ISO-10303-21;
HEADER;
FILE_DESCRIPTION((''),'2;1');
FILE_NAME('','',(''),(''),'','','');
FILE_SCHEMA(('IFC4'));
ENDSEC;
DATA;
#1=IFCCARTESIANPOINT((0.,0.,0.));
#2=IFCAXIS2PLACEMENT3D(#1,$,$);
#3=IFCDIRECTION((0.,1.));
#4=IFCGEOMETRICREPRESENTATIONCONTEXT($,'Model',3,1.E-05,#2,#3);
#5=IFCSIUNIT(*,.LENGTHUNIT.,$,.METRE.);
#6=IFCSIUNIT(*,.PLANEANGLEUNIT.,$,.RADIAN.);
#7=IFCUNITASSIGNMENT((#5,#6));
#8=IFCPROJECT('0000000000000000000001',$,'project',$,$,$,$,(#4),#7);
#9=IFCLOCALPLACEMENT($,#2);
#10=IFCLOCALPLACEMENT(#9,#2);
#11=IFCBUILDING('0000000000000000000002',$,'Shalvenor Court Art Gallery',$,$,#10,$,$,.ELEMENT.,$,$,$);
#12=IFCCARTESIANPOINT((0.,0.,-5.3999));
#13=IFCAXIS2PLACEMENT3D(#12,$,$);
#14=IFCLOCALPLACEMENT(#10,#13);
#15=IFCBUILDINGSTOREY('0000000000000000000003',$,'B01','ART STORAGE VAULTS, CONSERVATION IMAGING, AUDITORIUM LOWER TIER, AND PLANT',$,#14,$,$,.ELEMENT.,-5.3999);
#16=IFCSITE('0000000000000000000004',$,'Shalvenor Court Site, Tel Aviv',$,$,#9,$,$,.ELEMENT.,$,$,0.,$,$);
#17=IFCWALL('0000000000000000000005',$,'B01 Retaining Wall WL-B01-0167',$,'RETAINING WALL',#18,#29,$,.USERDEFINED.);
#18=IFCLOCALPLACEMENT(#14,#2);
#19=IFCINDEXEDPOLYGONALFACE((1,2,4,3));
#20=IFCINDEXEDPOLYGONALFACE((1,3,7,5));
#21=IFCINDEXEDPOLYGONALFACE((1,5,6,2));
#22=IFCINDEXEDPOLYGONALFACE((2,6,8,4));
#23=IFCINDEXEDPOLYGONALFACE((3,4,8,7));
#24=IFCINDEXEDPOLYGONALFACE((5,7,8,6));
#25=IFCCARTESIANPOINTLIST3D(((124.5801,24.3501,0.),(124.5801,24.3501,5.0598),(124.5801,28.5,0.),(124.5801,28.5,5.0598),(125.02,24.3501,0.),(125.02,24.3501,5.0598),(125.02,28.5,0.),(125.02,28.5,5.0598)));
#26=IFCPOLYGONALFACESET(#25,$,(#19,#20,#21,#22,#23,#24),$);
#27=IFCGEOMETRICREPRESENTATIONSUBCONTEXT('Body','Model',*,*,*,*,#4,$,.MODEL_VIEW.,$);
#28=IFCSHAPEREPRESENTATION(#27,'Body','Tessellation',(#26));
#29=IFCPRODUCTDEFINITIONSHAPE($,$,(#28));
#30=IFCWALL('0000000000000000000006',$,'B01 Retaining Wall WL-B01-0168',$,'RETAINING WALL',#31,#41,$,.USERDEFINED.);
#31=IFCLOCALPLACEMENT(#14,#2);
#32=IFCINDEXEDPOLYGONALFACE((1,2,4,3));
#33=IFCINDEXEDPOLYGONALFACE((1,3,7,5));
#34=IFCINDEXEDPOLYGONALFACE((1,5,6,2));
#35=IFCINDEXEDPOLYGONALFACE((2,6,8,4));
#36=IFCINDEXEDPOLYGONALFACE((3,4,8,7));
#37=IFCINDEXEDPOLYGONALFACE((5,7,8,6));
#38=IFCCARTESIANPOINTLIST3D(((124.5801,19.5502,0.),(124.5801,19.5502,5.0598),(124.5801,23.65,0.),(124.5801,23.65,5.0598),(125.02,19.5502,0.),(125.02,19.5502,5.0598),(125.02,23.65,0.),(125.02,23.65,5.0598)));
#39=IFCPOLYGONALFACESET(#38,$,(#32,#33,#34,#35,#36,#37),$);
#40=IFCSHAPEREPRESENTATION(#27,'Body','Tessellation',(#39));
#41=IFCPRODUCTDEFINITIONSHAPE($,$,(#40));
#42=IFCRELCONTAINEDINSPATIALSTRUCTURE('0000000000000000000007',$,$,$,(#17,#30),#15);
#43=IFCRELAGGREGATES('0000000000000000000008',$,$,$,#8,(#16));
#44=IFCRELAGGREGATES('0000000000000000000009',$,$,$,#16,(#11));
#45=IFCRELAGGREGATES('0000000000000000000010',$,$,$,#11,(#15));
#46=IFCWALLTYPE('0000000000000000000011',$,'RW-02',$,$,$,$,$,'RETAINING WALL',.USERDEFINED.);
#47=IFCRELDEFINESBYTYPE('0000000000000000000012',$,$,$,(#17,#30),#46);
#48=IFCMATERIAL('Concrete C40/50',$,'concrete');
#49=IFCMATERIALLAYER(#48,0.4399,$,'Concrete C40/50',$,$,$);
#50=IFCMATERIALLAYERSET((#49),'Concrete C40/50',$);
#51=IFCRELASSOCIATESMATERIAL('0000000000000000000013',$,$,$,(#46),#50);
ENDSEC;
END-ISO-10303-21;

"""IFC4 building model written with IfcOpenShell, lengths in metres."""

from ifc_helpers import new_model, si_unit, direction, frame, frame_2d, origin, place, context, subcontext, project, spatial, rectangle, extrude, material, layer, layer_set, type_object, element, save


model = new_model("IFC4")

# Units and contexts
model_context = context("Model", 3, precision=1e-05, world=origin(), true_north=direction((0.0, 1.0)))
body_context = subcontext(model_context, "Body", "Model", "MODEL_VIEW")
ifc_project = project(units=[si_unit("LENGTHUNIT", "METRE"), si_unit("PLANEANGLEUNIT", "RADIAN")], contexts=[model_context])

# Site, building, storey
site_placement = place(None, origin())
site = spatial("IfcSite", under=ifc_project, at=site_placement, Name="Shalvenor Court Site, Tel Aviv", CompositionType="ELEMENT", RefElevation=0.0)
building_placement = place(site_placement, origin())
building = spatial("IfcBuilding", under=site, at=building_placement, Name="Shalvenor Court Art Gallery", CompositionType="ELEMENT")
storey_placement = place(building_placement, frame((0.0, 0.0, -5.3999)))
storey = spatial("IfcBuildingStorey", under=building, at=storey_placement, Name="B01", Description="ART STORAGE VAULTS, CONSERVATION IMAGING, AUDITORIUM LOWER TIER, AND PLANT", CompositionType="ELEMENT", Elevation=-5.3999)

# Walls
ifc_material_1 = material(Name="Concrete C40/50", Category="concrete")
ifc_layer = layer(ifc_material_1, 0.4399, Name="Concrete C40/50")
ifc_layer_set = layer_set([ifc_layer], Name="Concrete C40/50")
wall_type = type_object("IfcWallType", Name="RW-02", ElementType="RETAINING WALL", PredefinedType="USERDEFINED", material=ifc_layer_set)
wall_1_placement = place(storey_placement, frame((124.8, 28.5, 0.0), z_axis=(0.0, 0.0, 1.0), x_axis=(0.0, -1.0, 0.0)))
element("IfcWall", 1, at=wall_1_placement, inside=storey, type_object=wall_type, Name="B01 Retaining Wall WL-B01-0167", ObjectType="RETAINING WALL", PredefinedType="USERDEFINED", context=body_context, shape_type="SweptSolid", body=[
    extrude(rectangle(XDim=4.1499, YDim=0.4399, at=frame_2d((2.075, 0.0))), origin(), (0.0, 0.0, 1.0), 5.0598),
])
wall_2_placement = place(storey_placement, frame((124.8, 23.6499, 0.0), z_axis=(0.0, 0.0, 1.0), x_axis=(0.0, -1.0, 0.0)))
element("IfcWall", 2, at=wall_2_placement, inside=storey, type_object=wall_type, Name="B01 Retaining Wall WL-B01-0168", ObjectType="RETAINING WALL", PredefinedType="USERDEFINED", context=body_context, shape_type="SweptSolid", body=[
    extrude(rectangle(XDim=4.0999, YDim=0.4399, at=frame_2d((2.0498, 0.0))), origin(), (0.0, 0.0, 1.0), 5.0598),
])

save(model, "model.ifc")
